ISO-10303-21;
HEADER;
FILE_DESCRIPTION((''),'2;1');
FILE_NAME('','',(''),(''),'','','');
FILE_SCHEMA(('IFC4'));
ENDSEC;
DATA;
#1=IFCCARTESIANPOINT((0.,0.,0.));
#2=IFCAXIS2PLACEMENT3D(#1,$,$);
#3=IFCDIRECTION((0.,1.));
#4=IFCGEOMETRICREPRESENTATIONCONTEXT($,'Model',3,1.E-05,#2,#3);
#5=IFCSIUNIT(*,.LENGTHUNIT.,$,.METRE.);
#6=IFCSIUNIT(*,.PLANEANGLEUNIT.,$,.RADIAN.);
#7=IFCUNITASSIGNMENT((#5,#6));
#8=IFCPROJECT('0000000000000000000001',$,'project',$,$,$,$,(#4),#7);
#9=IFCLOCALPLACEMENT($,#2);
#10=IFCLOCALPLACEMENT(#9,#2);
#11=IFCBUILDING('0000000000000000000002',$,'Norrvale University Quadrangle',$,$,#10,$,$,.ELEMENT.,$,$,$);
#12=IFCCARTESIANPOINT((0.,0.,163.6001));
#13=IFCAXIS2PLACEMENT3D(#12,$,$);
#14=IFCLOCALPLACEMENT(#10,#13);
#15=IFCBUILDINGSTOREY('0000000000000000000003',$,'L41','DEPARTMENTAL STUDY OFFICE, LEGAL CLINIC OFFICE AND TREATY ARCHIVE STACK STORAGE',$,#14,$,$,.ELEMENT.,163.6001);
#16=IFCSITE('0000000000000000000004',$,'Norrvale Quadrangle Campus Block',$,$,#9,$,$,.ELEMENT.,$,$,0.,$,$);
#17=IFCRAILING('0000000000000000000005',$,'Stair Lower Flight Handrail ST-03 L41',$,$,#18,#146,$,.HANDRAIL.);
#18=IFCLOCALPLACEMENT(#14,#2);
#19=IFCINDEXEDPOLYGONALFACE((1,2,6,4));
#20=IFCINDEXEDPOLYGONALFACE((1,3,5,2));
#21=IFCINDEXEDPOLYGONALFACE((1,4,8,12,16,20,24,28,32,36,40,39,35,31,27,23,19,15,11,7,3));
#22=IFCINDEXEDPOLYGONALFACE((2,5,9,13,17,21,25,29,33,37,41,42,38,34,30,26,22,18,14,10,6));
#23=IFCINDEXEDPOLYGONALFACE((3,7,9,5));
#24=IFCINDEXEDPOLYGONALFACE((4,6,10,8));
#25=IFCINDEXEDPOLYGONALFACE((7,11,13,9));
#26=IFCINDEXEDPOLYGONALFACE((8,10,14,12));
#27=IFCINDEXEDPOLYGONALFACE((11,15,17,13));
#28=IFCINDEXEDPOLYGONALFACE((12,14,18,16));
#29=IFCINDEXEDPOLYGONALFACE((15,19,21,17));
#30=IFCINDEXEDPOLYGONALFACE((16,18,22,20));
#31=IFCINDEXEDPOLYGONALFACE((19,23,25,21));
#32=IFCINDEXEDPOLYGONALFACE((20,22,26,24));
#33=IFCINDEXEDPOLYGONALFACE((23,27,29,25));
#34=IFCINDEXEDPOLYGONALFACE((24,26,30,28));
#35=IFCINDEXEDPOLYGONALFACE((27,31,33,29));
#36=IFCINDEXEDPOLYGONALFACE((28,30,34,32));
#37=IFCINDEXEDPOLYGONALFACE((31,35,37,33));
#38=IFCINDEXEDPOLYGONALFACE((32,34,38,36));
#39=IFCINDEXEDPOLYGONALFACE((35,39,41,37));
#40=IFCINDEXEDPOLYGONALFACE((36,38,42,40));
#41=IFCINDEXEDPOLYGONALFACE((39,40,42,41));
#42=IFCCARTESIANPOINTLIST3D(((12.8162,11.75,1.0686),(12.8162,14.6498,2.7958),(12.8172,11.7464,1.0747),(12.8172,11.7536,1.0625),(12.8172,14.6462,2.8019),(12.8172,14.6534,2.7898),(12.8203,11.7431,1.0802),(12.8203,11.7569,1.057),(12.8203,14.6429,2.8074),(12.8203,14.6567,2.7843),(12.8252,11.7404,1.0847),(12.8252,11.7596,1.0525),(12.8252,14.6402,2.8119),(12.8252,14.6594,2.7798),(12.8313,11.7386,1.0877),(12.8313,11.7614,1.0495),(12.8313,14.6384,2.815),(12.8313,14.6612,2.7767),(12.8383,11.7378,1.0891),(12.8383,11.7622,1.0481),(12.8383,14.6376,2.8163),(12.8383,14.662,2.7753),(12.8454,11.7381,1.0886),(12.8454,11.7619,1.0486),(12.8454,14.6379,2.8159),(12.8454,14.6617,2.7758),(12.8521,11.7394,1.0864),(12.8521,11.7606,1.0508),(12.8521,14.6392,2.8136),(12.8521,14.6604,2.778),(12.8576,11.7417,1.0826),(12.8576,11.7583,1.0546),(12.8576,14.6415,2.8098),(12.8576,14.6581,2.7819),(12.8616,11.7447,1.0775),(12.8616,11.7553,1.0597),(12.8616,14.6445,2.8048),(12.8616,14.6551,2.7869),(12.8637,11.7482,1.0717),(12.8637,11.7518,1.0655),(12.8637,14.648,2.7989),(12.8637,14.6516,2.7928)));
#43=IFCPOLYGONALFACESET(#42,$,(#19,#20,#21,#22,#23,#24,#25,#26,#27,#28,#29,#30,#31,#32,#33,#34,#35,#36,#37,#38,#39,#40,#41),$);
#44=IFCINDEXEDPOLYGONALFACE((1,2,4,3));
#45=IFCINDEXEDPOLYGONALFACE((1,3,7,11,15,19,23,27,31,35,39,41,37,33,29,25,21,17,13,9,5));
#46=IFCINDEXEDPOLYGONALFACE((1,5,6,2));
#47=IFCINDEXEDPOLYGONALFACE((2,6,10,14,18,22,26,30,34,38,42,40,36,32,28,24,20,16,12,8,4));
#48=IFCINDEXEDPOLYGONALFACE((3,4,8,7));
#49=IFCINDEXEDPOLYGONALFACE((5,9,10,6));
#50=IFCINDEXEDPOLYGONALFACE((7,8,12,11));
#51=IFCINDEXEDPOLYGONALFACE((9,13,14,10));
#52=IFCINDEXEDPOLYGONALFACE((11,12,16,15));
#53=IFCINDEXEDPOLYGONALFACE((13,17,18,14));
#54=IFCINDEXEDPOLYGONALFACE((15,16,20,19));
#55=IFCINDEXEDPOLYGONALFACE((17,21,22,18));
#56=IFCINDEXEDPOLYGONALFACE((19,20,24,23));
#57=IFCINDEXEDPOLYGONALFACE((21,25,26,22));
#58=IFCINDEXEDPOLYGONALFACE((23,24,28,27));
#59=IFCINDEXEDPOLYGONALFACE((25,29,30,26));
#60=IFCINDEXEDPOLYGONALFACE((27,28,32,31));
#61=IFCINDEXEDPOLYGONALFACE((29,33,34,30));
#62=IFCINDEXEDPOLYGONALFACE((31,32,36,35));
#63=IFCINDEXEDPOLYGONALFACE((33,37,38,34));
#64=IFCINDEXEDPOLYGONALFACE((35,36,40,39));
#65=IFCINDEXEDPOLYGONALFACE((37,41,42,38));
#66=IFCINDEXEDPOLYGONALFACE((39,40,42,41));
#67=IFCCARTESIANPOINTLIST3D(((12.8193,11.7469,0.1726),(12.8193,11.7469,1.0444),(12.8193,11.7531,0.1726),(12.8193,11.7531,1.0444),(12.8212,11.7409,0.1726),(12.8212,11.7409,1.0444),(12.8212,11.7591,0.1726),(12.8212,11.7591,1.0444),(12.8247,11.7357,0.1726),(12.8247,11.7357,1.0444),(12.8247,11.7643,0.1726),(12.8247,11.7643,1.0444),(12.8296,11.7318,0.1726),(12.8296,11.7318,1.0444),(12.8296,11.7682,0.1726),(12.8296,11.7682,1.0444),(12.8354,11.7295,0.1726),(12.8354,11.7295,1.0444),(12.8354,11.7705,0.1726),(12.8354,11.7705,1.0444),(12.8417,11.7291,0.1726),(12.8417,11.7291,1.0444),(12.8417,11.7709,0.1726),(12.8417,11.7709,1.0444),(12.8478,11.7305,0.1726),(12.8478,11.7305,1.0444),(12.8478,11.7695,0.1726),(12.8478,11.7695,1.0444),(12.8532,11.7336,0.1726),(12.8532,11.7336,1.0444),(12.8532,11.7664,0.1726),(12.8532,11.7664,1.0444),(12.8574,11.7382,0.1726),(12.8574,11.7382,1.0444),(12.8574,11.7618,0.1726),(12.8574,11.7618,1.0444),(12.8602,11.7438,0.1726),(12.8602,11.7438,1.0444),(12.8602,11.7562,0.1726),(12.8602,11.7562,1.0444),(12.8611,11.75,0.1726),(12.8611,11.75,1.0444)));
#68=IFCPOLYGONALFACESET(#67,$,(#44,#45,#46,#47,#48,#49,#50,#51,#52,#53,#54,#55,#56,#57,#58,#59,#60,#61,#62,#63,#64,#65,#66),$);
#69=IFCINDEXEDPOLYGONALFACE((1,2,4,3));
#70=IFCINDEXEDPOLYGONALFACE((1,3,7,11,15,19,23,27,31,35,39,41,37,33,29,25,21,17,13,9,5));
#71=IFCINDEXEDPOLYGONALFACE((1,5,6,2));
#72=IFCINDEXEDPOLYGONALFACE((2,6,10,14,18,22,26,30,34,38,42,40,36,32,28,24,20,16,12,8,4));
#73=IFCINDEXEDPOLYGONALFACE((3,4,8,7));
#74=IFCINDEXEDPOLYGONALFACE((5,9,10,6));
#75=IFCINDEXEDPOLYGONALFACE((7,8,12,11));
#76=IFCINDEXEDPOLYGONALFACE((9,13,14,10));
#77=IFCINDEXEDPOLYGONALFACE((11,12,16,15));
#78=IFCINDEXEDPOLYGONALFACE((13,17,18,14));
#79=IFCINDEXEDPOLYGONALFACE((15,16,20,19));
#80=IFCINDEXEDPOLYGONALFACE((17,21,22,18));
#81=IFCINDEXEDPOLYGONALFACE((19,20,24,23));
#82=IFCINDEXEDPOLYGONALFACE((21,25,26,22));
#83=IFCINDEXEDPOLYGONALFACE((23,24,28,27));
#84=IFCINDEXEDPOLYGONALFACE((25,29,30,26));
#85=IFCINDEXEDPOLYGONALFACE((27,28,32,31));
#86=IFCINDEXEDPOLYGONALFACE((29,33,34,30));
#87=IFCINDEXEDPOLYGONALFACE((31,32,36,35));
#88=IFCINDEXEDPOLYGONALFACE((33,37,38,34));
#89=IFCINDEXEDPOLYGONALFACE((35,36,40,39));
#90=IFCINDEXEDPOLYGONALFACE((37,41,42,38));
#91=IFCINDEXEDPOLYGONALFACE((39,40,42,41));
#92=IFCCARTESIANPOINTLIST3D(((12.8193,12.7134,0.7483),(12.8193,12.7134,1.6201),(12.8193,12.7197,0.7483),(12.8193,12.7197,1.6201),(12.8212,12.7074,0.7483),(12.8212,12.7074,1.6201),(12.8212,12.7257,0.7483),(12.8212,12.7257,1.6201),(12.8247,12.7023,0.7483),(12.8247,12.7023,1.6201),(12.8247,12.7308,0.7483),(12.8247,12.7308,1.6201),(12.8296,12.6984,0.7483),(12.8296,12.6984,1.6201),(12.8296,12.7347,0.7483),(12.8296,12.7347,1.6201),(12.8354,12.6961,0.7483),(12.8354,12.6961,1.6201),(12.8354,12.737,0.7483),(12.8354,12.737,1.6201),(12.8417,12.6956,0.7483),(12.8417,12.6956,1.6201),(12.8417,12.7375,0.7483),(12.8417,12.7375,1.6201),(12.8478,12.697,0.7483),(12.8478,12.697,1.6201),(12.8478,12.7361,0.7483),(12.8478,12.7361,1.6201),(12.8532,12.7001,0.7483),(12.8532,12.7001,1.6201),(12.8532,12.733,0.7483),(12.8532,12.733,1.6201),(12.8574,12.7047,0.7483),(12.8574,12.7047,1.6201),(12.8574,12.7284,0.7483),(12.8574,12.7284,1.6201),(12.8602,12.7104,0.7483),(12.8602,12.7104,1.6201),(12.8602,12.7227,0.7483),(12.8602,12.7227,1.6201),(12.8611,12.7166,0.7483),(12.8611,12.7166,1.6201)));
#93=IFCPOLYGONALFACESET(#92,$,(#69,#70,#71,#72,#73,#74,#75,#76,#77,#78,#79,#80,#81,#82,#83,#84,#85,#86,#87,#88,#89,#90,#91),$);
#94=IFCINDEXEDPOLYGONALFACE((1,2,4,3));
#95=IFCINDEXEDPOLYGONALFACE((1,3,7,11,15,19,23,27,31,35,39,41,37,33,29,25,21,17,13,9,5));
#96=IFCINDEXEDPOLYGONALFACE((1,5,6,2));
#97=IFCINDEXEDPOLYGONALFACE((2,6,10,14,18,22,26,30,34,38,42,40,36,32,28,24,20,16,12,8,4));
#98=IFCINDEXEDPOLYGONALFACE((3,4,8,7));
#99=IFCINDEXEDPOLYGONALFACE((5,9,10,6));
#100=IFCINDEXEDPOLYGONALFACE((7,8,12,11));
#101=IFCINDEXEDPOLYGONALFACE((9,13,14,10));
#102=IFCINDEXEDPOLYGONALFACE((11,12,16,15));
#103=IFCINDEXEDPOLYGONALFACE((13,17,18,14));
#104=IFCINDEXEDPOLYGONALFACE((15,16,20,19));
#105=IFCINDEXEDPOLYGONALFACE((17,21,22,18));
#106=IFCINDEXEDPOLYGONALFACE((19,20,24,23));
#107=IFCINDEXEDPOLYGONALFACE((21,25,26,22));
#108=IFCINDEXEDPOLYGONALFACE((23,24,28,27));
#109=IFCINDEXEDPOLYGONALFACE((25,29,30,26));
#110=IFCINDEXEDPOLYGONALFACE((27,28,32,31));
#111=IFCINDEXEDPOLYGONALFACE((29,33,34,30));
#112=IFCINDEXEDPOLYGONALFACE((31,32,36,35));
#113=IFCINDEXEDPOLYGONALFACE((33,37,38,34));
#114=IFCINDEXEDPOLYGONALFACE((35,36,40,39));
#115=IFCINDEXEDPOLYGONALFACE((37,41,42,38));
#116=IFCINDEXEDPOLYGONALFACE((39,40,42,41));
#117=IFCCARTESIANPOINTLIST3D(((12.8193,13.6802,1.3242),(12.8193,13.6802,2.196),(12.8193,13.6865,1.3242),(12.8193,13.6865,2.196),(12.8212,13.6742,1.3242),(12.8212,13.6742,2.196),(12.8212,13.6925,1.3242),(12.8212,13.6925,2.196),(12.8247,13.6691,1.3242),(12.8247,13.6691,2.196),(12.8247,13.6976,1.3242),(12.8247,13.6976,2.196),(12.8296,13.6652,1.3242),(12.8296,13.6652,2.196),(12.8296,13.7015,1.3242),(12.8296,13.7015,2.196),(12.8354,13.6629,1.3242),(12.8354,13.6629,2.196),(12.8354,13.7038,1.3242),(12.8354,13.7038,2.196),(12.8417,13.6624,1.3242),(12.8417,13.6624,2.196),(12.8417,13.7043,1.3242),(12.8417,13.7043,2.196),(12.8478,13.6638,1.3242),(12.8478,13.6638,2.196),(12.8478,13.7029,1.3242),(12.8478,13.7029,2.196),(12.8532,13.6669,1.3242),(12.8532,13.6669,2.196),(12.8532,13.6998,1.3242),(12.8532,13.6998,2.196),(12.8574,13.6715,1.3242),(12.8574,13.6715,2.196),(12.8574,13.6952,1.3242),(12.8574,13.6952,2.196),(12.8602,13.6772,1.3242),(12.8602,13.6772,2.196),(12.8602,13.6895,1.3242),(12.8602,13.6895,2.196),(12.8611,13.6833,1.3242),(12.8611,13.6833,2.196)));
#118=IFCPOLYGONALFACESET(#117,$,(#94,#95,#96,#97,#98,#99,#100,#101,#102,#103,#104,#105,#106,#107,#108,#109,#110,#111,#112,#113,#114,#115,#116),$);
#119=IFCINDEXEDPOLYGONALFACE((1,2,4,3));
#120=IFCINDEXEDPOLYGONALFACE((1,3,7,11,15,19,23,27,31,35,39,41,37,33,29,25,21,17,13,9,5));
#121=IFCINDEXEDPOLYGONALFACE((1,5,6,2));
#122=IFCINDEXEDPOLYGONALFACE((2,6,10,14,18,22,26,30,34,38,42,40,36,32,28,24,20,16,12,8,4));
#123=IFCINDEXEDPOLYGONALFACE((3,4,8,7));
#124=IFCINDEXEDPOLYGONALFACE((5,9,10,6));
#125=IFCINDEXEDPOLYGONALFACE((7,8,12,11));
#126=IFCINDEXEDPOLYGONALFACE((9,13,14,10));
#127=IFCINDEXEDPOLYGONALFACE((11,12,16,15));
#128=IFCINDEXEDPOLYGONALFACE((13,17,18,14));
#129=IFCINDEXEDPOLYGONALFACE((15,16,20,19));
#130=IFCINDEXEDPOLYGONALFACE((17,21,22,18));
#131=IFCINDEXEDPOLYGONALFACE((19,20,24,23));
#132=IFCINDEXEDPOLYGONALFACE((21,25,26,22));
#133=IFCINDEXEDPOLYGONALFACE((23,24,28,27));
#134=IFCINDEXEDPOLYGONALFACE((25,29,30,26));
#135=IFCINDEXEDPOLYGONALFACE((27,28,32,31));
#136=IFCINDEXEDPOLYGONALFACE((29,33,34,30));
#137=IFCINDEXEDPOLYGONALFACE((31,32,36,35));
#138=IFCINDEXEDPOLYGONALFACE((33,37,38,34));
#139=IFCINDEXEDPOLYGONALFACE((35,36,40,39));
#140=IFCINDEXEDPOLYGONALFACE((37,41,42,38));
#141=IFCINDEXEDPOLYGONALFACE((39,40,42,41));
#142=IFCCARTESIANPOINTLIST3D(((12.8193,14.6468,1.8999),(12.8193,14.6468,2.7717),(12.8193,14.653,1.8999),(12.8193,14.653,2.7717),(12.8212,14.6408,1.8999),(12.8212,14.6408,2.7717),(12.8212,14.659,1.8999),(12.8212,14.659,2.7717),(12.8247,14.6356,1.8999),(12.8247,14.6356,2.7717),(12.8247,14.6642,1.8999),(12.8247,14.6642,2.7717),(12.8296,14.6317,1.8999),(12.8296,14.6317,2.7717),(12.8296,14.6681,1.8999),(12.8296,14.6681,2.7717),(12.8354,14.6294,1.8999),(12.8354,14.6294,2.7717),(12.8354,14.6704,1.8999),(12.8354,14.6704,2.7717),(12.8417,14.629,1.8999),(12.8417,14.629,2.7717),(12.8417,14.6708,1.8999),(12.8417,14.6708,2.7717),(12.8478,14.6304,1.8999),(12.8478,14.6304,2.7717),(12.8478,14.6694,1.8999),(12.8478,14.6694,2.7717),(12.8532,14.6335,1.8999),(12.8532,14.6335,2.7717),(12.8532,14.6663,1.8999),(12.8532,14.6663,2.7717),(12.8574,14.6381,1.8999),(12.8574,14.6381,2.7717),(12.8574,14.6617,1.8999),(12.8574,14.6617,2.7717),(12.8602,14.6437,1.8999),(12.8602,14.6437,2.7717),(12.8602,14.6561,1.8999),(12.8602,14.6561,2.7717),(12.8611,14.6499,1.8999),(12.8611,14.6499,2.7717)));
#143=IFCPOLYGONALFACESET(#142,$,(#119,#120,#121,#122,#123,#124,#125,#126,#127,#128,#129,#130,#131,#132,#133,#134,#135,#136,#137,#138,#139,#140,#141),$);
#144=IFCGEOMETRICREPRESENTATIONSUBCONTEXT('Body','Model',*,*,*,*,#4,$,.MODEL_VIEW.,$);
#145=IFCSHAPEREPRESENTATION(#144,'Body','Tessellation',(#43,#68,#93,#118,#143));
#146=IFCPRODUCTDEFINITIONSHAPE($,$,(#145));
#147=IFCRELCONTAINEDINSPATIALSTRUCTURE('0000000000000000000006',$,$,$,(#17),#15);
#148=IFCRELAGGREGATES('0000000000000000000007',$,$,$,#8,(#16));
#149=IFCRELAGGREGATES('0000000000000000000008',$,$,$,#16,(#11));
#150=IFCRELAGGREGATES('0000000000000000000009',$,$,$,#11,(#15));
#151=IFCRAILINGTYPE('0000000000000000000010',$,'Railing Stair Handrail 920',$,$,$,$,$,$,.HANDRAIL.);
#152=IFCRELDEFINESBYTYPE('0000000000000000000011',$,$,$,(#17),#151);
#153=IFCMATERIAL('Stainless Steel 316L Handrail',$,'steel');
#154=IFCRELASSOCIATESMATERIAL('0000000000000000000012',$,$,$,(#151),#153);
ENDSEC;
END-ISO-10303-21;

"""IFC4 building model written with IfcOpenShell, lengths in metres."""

from ifc_helpers import new_model, si_unit, direction, frame, origin, origin_2d, place, context, subcontext, project, spatial, circle, extrude, material, type_object, element, save


model = new_model("IFC4")

# Units and contexts
model_context = context("Model", 3, precision=1e-05, world=origin(), true_north=direction((0.0, 1.0)))
body_context = subcontext(model_context, "Body", "Model", "MODEL_VIEW")
ifc_project = project(units=[si_unit("LENGTHUNIT", "METRE"), si_unit("PLANEANGLEUNIT", "RADIAN")], contexts=[model_context])

# Site, building, storey
site_placement = place(None, origin())
site = spatial("IfcSite", under=ifc_project, at=site_placement, Name="Norrvale Quadrangle Campus Block", CompositionType="ELEMENT", RefElevation=0.0)
building_placement = place(site_placement, origin())
building = spatial("IfcBuilding", under=site, at=building_placement, Name="Norrvale University Quadrangle", CompositionType="ELEMENT")
storey_placement = place(building_placement, frame((0.0, 0.0, 163.6001)))
storey = spatial("IfcBuildingStorey", under=building, at=storey_placement, Name="L41", Description="DEPARTMENTAL STUDY OFFICE, LEGAL CLINIC OFFICE AND TREATY ARCHIVE STACK STORAGE", CompositionType="ELEMENT", Elevation=163.6001)

# Railing
ifc_material_1 = material(Name="Stainless Steel 316L Handrail", Category="steel")
railing_type_1 = type_object("IfcRailingType", Name="Railing Stair Handrail 920", PredefinedType="HANDRAIL", material=ifc_material_1)
railing_1_placement = place(storey_placement, frame((12.8401, 11.75, 0.1726)))
element("IfcRailing", 1, at=railing_1_placement, inside=storey, type_object=railing_type_1, Name="Stair Lower Flight Handrail ST-03 L41", PredefinedType="HANDRAIL", context=body_context, shape_type="SweptSolid", body=[
    extrude(circle(Radius=0.0239, at=origin_2d()), frame((0.0, 0.0, 0.896), z_axis=(0.0, 0.859141, 0.511738), x_axis=(-1.0, 0.0, 0.0)), (0.0, 0.0, 1.0), 3.3752),
    extrude(circle(Radius=0.021, at=origin_2d()), origin(), (0.0, 0.0, 1.0), 0.8718),
    extrude(circle(Radius=0.021, at=origin_2d()), frame((0.0, 0.9666, 0.5757)), (0.0, 0.0, 1.0), 0.8718),
    extrude(circle(Radius=0.021, at=origin_2d()), frame((0.0, 1.9333, 1.1516)), (0.0, 0.0, 1.0), 0.8718),
    extrude(circle(Radius=0.021, at=origin_2d()), frame((0.0, 2.8999, 1.7273)), (0.0, 0.0, 1.0), 0.8718),
])

save(model, "model.ifc")
